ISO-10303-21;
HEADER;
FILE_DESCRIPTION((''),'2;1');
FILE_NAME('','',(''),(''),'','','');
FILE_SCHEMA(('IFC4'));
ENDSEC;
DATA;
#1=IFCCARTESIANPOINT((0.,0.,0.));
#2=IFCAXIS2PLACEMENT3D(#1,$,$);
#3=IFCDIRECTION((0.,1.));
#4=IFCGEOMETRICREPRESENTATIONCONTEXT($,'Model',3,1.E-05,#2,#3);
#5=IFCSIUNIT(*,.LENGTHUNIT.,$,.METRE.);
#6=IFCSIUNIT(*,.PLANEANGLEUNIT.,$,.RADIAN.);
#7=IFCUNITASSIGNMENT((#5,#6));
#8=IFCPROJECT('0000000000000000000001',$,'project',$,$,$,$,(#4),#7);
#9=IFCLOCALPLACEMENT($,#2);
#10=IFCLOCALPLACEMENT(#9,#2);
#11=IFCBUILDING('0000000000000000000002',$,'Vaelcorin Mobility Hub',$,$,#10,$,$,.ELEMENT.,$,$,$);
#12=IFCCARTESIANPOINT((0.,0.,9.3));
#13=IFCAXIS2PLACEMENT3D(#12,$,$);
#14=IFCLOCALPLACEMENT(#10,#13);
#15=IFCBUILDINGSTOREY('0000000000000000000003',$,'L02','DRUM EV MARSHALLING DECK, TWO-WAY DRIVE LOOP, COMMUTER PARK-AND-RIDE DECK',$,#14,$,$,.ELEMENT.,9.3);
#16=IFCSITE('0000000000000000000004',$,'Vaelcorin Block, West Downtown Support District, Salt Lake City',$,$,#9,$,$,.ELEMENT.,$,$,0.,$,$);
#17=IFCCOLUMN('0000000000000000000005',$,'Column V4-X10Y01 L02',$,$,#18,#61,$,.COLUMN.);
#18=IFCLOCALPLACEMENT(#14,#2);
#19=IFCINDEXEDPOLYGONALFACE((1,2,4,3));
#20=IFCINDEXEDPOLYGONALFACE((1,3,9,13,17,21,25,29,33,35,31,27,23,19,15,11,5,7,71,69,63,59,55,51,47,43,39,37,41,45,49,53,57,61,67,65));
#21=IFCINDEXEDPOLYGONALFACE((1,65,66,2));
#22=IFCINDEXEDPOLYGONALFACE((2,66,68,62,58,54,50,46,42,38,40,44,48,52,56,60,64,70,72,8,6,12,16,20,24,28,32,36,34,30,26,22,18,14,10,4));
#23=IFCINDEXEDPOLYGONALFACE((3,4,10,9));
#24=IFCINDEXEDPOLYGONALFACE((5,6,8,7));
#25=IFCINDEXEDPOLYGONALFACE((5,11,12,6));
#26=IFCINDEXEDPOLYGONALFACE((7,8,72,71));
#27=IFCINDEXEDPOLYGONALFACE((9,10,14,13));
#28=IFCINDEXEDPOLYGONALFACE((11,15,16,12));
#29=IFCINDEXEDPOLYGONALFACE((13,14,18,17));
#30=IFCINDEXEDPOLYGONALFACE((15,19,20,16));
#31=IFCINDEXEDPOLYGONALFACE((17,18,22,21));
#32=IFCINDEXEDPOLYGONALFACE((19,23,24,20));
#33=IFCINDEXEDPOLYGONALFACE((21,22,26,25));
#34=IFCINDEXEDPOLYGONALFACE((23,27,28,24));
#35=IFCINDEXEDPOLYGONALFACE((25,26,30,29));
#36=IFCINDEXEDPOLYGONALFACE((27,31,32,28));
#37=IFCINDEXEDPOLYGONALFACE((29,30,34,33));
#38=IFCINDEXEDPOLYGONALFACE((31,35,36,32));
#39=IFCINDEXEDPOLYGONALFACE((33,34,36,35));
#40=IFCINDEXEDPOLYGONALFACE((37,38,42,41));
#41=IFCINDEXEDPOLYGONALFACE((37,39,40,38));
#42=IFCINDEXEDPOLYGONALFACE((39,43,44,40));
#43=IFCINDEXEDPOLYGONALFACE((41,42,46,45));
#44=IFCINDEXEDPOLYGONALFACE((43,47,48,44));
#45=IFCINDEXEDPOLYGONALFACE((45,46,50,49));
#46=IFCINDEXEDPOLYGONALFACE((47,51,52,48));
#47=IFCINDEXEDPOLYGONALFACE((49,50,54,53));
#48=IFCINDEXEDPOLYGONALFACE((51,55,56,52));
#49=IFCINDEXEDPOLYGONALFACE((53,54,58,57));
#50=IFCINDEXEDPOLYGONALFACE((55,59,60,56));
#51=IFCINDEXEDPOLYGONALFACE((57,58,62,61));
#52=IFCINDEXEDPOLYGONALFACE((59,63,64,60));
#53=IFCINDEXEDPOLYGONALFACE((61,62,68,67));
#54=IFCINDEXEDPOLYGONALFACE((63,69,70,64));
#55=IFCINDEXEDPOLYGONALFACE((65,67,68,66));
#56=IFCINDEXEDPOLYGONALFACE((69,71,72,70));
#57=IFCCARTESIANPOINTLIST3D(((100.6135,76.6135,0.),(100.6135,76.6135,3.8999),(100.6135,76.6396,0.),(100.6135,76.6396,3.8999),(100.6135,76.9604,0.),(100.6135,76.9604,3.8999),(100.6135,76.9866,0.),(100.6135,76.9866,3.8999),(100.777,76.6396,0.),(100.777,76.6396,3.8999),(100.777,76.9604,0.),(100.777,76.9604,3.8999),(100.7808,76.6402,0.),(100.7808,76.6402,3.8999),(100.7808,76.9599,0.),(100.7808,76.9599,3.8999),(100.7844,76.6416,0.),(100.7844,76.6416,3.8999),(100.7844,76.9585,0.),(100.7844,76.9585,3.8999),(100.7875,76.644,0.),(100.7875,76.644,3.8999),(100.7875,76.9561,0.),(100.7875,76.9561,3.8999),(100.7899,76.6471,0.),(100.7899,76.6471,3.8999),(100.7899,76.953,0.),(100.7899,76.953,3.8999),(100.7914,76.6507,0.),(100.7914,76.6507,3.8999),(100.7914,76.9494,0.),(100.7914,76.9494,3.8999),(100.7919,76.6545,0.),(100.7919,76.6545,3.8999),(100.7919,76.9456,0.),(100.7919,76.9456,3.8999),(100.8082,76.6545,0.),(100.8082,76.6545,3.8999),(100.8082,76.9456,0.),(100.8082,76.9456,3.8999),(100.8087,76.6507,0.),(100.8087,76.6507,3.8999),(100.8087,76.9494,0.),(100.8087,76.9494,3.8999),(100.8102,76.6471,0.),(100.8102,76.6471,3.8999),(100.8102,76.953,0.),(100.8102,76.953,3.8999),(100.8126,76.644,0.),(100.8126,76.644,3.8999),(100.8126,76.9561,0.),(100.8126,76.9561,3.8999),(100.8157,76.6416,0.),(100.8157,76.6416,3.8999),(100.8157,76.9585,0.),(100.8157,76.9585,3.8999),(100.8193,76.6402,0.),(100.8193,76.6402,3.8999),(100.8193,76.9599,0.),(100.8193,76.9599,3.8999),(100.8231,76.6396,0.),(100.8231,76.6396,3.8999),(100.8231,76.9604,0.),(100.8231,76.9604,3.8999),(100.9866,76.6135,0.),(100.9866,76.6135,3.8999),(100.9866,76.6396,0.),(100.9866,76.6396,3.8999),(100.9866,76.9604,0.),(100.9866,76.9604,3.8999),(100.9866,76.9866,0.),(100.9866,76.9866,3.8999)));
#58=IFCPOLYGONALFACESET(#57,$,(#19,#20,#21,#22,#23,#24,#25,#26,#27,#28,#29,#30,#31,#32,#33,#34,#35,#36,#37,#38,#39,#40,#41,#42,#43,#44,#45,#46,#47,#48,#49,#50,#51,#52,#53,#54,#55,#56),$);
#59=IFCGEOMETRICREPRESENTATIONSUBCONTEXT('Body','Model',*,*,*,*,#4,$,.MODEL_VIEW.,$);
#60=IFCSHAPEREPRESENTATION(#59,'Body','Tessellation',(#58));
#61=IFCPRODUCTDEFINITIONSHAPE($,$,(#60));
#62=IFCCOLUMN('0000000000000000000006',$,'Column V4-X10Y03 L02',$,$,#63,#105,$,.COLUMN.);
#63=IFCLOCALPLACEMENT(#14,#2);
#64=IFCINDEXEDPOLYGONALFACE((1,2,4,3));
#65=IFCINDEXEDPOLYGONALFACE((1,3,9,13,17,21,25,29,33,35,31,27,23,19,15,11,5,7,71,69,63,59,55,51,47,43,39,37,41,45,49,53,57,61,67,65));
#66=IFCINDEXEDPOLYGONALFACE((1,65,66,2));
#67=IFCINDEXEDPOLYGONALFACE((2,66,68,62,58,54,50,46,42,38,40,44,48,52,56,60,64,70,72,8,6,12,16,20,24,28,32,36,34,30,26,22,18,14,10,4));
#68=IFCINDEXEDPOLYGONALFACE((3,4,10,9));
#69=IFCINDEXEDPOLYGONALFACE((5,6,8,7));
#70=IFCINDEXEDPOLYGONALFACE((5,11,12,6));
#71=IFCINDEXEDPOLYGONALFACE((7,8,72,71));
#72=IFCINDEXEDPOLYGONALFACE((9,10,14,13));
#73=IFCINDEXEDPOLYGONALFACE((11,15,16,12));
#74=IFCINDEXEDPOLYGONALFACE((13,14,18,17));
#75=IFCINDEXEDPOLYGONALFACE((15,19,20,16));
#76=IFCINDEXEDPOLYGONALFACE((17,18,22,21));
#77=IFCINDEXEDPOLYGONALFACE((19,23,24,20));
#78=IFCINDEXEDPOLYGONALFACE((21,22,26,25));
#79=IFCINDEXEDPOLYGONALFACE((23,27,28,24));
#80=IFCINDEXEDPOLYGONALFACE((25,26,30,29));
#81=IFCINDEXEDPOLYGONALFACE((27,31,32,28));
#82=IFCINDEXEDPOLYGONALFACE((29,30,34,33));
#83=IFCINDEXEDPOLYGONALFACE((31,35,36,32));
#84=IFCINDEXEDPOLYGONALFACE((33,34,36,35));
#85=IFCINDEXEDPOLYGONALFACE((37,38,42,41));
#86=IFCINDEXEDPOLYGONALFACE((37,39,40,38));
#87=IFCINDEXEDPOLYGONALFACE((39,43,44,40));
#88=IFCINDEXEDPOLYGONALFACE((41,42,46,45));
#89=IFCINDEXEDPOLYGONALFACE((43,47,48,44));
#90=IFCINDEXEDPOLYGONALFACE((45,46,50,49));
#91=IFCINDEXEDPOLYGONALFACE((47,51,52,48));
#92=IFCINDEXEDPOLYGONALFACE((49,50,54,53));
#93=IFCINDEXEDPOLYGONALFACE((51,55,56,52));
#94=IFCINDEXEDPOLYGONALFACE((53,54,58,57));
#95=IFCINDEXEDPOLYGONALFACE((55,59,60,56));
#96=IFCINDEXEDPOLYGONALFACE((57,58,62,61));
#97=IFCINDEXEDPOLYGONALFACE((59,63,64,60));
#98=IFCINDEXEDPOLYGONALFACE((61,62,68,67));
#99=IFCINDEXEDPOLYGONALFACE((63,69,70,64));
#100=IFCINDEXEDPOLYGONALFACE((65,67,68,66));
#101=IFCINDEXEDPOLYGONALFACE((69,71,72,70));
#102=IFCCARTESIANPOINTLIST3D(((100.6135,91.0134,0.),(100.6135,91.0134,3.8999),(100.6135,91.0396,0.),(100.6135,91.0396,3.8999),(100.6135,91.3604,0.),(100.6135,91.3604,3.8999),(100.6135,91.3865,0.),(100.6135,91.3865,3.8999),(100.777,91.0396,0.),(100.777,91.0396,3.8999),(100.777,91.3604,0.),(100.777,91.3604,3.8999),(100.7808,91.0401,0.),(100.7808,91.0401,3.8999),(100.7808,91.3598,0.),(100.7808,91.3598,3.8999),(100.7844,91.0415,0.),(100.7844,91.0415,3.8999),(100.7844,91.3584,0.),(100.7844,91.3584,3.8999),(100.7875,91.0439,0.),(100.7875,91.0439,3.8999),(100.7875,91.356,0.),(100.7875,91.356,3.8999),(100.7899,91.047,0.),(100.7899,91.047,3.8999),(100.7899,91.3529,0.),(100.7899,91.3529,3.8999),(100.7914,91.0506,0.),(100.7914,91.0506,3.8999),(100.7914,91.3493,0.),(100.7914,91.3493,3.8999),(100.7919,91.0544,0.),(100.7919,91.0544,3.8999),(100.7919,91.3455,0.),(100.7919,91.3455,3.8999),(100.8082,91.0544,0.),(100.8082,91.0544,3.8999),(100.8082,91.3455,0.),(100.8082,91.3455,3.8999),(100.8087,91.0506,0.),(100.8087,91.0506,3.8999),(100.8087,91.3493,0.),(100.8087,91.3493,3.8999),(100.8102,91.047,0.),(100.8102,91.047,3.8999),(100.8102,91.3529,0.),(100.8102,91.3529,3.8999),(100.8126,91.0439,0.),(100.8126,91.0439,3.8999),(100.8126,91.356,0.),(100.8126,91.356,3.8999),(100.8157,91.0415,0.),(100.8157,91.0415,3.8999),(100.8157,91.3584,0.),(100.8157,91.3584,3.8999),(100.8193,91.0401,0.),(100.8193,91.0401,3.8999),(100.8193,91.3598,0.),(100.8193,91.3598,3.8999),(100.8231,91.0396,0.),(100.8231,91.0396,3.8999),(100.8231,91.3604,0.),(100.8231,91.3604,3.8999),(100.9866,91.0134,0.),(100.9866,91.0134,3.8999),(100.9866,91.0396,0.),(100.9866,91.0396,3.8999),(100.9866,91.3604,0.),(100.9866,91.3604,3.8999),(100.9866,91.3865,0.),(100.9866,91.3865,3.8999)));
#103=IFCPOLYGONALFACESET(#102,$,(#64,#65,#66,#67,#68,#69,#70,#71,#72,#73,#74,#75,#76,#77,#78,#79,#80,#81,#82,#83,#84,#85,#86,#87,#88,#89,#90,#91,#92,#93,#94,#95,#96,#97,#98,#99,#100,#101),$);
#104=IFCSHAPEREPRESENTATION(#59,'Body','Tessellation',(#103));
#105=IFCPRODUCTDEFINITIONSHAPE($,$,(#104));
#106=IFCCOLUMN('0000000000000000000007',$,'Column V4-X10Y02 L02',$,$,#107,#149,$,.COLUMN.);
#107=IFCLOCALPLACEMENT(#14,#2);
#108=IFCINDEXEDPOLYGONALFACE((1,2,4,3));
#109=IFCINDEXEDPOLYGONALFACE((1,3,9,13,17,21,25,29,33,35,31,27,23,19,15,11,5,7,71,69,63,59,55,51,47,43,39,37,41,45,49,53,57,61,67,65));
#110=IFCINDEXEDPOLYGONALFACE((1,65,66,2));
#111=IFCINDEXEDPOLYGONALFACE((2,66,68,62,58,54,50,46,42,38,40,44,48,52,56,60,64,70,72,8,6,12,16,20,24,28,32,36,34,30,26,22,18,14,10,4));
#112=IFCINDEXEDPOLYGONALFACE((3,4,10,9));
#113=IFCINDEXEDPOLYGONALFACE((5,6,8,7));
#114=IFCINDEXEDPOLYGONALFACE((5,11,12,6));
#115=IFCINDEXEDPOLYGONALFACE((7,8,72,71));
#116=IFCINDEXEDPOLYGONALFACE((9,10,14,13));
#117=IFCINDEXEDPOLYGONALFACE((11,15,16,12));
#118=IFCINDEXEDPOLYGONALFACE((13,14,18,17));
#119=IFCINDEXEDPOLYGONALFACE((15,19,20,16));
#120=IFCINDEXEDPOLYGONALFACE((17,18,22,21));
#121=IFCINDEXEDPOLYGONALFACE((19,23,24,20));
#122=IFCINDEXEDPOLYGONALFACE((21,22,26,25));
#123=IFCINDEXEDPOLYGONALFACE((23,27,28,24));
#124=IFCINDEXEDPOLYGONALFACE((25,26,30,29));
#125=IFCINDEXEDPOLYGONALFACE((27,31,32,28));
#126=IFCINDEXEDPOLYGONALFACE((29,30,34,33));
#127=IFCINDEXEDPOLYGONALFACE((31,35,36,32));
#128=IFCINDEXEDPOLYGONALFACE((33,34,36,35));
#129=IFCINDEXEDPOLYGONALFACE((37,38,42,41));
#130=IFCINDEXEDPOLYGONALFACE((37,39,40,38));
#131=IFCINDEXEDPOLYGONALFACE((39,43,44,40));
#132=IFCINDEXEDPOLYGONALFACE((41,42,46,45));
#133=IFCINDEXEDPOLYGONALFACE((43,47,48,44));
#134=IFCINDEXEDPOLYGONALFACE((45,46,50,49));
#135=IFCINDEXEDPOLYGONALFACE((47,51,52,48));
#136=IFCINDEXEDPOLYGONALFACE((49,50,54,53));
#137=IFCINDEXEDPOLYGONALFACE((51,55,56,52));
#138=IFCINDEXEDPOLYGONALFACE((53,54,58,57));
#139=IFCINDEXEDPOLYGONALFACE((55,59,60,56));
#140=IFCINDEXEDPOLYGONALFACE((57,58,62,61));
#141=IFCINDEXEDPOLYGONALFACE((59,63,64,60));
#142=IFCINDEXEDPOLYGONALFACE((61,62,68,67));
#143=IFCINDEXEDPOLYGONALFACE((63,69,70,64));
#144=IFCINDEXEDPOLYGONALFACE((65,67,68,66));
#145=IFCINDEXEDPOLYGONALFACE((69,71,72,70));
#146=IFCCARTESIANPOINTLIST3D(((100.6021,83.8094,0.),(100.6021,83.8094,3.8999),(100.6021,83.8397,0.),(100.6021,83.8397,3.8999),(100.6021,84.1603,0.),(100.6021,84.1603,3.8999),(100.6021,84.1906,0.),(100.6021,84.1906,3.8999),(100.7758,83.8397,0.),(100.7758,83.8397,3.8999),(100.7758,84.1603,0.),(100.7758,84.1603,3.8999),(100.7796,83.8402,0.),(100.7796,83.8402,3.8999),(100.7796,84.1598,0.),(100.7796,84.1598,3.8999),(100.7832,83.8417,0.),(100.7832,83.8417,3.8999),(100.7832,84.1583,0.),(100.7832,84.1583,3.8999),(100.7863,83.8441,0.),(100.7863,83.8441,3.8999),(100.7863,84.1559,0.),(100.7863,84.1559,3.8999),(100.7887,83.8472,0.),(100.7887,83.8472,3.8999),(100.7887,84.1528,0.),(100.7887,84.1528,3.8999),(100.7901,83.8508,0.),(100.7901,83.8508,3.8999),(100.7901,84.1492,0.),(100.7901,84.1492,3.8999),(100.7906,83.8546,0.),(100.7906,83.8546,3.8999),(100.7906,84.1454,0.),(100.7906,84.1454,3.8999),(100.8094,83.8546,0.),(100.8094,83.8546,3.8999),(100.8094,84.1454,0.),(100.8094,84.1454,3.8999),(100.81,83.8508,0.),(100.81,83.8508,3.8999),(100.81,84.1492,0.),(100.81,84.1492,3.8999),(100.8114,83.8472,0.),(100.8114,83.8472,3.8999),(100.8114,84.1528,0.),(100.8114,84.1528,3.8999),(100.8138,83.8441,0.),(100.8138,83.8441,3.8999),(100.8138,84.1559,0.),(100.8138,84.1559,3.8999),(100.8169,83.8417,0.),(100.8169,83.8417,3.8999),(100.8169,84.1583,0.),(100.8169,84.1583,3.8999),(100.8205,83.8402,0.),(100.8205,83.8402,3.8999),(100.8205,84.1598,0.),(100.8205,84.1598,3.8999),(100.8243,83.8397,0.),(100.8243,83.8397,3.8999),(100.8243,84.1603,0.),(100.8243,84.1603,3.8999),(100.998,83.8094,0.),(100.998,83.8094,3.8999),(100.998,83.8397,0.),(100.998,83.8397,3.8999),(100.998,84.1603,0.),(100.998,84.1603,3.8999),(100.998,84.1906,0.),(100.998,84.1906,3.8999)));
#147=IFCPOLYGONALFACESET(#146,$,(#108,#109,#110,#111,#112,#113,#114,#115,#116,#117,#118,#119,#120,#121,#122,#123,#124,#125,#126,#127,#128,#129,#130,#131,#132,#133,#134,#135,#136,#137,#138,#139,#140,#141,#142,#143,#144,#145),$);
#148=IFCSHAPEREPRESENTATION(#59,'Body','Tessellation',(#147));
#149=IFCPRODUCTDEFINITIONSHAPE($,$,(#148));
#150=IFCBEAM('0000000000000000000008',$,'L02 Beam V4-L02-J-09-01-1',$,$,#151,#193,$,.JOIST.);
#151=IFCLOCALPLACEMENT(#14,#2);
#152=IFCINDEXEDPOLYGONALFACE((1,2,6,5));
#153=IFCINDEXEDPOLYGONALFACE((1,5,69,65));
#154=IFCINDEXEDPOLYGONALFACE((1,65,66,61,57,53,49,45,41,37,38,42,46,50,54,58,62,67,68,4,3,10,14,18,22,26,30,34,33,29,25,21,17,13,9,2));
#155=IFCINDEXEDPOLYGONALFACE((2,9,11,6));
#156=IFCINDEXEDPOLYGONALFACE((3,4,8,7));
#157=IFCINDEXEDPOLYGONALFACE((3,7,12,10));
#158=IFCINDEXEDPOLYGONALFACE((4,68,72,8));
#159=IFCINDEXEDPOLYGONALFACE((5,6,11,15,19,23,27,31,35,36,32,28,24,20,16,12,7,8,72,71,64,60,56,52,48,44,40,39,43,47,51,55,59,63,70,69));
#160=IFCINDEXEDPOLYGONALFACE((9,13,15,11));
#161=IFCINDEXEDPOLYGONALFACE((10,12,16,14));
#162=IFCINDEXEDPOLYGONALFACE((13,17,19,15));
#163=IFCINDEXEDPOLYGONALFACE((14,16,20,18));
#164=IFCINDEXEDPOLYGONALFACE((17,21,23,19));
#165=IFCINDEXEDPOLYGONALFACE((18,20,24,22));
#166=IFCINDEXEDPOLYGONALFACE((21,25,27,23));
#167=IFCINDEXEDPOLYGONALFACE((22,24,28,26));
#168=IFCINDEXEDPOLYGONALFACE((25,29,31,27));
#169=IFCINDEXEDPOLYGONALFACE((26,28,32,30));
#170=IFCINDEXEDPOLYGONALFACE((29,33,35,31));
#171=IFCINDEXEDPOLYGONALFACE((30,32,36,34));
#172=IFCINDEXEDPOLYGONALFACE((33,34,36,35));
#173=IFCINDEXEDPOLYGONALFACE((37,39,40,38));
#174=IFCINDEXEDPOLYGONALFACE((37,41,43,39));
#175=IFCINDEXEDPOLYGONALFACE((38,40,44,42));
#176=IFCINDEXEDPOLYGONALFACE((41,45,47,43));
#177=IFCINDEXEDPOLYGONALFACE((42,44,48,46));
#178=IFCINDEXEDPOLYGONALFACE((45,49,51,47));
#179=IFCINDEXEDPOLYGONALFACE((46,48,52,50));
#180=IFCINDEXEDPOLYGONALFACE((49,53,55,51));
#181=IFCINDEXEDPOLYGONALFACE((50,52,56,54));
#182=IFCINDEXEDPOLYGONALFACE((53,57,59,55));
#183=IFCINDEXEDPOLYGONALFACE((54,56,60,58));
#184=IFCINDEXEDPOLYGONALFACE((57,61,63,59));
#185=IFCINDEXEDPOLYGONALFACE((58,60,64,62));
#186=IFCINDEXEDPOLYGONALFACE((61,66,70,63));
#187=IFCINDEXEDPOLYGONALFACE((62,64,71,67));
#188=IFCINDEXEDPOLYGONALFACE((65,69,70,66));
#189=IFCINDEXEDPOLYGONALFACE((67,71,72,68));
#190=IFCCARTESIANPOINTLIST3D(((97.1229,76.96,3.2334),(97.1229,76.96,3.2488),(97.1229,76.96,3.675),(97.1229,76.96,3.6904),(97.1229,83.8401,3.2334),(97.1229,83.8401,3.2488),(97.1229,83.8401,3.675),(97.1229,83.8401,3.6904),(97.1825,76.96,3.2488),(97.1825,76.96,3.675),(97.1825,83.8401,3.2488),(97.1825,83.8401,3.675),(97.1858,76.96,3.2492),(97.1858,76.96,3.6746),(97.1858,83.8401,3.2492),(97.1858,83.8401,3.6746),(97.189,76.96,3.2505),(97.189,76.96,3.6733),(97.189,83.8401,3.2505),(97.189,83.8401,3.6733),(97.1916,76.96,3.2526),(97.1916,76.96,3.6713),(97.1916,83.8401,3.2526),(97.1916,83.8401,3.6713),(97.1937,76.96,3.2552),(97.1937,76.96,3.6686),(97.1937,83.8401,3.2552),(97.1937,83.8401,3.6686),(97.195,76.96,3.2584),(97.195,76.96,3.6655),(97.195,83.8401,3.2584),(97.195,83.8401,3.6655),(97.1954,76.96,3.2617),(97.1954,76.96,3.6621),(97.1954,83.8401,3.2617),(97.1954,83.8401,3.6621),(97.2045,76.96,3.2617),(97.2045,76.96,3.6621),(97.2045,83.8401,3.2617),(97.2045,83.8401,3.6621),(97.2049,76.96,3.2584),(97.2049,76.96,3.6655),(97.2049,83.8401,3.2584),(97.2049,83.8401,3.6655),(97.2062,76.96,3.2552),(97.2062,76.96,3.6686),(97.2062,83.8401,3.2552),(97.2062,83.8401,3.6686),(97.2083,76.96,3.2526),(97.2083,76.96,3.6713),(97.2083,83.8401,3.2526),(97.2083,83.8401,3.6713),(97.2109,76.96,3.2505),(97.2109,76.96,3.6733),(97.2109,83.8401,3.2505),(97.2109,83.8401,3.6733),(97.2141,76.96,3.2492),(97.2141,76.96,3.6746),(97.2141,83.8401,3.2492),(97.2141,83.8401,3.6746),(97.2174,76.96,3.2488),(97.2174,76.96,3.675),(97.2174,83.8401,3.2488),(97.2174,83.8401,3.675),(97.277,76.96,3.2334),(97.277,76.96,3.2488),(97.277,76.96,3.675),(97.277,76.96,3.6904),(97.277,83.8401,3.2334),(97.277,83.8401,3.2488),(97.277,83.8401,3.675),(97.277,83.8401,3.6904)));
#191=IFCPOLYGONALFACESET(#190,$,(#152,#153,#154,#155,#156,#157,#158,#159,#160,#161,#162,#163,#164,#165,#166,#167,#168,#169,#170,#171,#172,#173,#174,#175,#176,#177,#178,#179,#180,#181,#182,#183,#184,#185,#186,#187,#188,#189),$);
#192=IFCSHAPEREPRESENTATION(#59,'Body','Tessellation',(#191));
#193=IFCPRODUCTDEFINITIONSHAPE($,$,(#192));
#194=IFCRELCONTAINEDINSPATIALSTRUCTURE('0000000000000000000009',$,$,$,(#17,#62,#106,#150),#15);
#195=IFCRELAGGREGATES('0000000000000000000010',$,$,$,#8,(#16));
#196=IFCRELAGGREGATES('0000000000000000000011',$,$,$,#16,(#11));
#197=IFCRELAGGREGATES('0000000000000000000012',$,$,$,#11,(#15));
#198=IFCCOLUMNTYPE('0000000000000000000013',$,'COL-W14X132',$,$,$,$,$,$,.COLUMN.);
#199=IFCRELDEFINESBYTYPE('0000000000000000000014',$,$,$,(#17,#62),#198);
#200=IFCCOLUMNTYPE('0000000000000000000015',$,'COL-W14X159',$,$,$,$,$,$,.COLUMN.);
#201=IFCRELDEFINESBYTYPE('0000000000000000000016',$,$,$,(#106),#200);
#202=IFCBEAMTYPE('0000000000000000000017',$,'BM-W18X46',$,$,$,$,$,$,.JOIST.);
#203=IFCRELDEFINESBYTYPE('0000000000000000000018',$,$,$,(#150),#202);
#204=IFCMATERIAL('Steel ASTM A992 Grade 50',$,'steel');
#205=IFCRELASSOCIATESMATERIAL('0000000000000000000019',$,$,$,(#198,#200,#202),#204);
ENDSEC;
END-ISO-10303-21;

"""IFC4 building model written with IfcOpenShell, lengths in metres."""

from ifc_helpers import new_model, si_unit, direction, frame, origin, origin_2d, place, context, subcontext, project, spatial, i_section, extrude, material, material_profile, profile_set, type_object, element, save


model = new_model("IFC4")

# Units and contexts
model_context = context("Model", 3, precision=1e-05, world=origin(), true_north=direction((0.0, 1.0)))
body_context = subcontext(model_context, "Body", "Model", "MODEL_VIEW")
ifc_project = project(units=[si_unit("LENGTHUNIT", "METRE"), si_unit("PLANEANGLEUNIT", "RADIAN")], contexts=[model_context])

# Site, building, storey
site_placement = place(None, origin())
site = spatial("IfcSite", under=ifc_project, at=site_placement, Name="Vaelcorin Block, West Downtown Support District, Salt Lake City", CompositionType="ELEMENT", RefElevation=0.0)
building_placement = place(site_placement, origin())
building = spatial("IfcBuilding", under=site, at=building_placement, Name="Vaelcorin Mobility Hub", CompositionType="ELEMENT")
storey_placement = place(building_placement, frame((0.0, 0.0, 9.3)))
storey = spatial("IfcBuildingStorey", under=building, at=storey_placement, Name="L02", Description="DRUM EV MARSHALLING DECK, TWO-WAY DRIVE LOOP, COMMUTER PARK-AND-RIDE DECK", CompositionType="ELEMENT", Elevation=9.3)

# Columns
ifc_material_1 = material(Name="Steel ASTM A992 Grade 50", Category="steel")
ifc_material_profile_1 = material_profile(ifc_material_1, i_section(OverallWidth=0.373, OverallDepth=0.373, WebThickness=0.0164, FlangeThickness=0.0261, FilletRadius=0.0149, at=origin_2d()), Name="W14X132")
ifc_profile_set_1 = profile_set([ifc_material_profile_1], Name="Steel ASTM A992 Grade 50")
column_type_1 = type_object("IfcColumnType", Name="COL-W14X132", PredefinedType="COLUMN", material=ifc_profile_set_1)
for number, where, z_axis, x_axis, name in (
    (1, (100.8, 76.8, 0.0), (0.0, 0.0, 1.0), (1.0, 0.0, 0.0), "Column V4-X10Y01 L02"),
    (2, (100.8, 91.2, 0.0), (0.0, 0.0, 1.0), (1.0, 0.0, 0.0), "Column V4-X10Y03 L02"),
):
    element("IfcColumn", number, at=place(storey_placement, frame(where, z_axis=z_axis, x_axis=x_axis)), inside=storey, type_object=column_type_1, Name=name, PredefinedType="COLUMN", context=body_context, shape_type="SweptSolid", body=[
        extrude(i_section(OverallWidth=0.373, OverallDepth=0.373, WebThickness=0.0164, FlangeThickness=0.0261, FilletRadius=0.0149, at=origin_2d()), origin(), (0.0, 0.0, 1.0), 3.8999),
    ])
ifc_material_profile_2 = material_profile(ifc_material_1, i_section(OverallWidth=0.396, OverallDepth=0.3811, WebThickness=0.0188, FlangeThickness=0.0303, FilletRadius=0.0149, at=origin_2d()), Name="W14X159")
ifc_profile_set_2 = profile_set([ifc_material_profile_2], Name="Steel ASTM A992 Grade 50")
column_type_2 = type_object("IfcColumnType", Name="COL-W14X159", PredefinedType="COLUMN", material=ifc_profile_set_2)
column_placement = place(storey_placement, frame((100.8, 84.0, 0.0), z_axis=(0.0, 0.0, 1.0), x_axis=(1.0, 0.0, 0.0)))
element("IfcColumn", 3, at=column_placement, inside=storey, type_object=column_type_2, Name="Column V4-X10Y02 L02", PredefinedType="COLUMN", context=body_context, shape_type="SweptSolid", body=[
    extrude(i_section(OverallWidth=0.396, OverallDepth=0.3811, WebThickness=0.0188, FlangeThickness=0.0303, FilletRadius=0.0149, at=origin_2d()), origin(), (0.0, 0.0, 1.0), 3.8999),
])

# Beam
ifc_material_profile_3 = material_profile(ifc_material_1, i_section(OverallWidth=0.1541, OverallDepth=0.457, WebThickness=0.009, FlangeThickness=0.0154, FilletRadius=0.0129, at=origin_2d()), Name="W18X46")
ifc_profile_set_3 = profile_set([ifc_material_profile_3], Name="Steel ASTM A992 Grade 50")
beam_type_1 = type_object("IfcBeamType", Name="BM-W18X46", PredefinedType="JOIST", material=ifc_profile_set_3)
for number, where, z_axis, x_axis, name in (
    (4, (97.2, 76.96, 3.4619), (0.0, 1.0, 0.0), (-1.0, 0.0, 0.0), "L02 Beam V4-L02-J-09-01-1"),
):
    element("IfcBeam", number, at=place(storey_placement, frame(where, z_axis=z_axis, x_axis=x_axis)), inside=storey, type_object=beam_type_1, Name=name, PredefinedType="JOIST", context=body_context, shape_type="SweptSolid", body=[
        extrude(i_section(OverallWidth=0.1541, OverallDepth=0.457, WebThickness=0.009, FlangeThickness=0.0154, FilletRadius=0.0129, at=origin_2d()), origin(), (0.0, 0.0, 1.0), 6.8801),
    ])

save(model, "model.ifc")
